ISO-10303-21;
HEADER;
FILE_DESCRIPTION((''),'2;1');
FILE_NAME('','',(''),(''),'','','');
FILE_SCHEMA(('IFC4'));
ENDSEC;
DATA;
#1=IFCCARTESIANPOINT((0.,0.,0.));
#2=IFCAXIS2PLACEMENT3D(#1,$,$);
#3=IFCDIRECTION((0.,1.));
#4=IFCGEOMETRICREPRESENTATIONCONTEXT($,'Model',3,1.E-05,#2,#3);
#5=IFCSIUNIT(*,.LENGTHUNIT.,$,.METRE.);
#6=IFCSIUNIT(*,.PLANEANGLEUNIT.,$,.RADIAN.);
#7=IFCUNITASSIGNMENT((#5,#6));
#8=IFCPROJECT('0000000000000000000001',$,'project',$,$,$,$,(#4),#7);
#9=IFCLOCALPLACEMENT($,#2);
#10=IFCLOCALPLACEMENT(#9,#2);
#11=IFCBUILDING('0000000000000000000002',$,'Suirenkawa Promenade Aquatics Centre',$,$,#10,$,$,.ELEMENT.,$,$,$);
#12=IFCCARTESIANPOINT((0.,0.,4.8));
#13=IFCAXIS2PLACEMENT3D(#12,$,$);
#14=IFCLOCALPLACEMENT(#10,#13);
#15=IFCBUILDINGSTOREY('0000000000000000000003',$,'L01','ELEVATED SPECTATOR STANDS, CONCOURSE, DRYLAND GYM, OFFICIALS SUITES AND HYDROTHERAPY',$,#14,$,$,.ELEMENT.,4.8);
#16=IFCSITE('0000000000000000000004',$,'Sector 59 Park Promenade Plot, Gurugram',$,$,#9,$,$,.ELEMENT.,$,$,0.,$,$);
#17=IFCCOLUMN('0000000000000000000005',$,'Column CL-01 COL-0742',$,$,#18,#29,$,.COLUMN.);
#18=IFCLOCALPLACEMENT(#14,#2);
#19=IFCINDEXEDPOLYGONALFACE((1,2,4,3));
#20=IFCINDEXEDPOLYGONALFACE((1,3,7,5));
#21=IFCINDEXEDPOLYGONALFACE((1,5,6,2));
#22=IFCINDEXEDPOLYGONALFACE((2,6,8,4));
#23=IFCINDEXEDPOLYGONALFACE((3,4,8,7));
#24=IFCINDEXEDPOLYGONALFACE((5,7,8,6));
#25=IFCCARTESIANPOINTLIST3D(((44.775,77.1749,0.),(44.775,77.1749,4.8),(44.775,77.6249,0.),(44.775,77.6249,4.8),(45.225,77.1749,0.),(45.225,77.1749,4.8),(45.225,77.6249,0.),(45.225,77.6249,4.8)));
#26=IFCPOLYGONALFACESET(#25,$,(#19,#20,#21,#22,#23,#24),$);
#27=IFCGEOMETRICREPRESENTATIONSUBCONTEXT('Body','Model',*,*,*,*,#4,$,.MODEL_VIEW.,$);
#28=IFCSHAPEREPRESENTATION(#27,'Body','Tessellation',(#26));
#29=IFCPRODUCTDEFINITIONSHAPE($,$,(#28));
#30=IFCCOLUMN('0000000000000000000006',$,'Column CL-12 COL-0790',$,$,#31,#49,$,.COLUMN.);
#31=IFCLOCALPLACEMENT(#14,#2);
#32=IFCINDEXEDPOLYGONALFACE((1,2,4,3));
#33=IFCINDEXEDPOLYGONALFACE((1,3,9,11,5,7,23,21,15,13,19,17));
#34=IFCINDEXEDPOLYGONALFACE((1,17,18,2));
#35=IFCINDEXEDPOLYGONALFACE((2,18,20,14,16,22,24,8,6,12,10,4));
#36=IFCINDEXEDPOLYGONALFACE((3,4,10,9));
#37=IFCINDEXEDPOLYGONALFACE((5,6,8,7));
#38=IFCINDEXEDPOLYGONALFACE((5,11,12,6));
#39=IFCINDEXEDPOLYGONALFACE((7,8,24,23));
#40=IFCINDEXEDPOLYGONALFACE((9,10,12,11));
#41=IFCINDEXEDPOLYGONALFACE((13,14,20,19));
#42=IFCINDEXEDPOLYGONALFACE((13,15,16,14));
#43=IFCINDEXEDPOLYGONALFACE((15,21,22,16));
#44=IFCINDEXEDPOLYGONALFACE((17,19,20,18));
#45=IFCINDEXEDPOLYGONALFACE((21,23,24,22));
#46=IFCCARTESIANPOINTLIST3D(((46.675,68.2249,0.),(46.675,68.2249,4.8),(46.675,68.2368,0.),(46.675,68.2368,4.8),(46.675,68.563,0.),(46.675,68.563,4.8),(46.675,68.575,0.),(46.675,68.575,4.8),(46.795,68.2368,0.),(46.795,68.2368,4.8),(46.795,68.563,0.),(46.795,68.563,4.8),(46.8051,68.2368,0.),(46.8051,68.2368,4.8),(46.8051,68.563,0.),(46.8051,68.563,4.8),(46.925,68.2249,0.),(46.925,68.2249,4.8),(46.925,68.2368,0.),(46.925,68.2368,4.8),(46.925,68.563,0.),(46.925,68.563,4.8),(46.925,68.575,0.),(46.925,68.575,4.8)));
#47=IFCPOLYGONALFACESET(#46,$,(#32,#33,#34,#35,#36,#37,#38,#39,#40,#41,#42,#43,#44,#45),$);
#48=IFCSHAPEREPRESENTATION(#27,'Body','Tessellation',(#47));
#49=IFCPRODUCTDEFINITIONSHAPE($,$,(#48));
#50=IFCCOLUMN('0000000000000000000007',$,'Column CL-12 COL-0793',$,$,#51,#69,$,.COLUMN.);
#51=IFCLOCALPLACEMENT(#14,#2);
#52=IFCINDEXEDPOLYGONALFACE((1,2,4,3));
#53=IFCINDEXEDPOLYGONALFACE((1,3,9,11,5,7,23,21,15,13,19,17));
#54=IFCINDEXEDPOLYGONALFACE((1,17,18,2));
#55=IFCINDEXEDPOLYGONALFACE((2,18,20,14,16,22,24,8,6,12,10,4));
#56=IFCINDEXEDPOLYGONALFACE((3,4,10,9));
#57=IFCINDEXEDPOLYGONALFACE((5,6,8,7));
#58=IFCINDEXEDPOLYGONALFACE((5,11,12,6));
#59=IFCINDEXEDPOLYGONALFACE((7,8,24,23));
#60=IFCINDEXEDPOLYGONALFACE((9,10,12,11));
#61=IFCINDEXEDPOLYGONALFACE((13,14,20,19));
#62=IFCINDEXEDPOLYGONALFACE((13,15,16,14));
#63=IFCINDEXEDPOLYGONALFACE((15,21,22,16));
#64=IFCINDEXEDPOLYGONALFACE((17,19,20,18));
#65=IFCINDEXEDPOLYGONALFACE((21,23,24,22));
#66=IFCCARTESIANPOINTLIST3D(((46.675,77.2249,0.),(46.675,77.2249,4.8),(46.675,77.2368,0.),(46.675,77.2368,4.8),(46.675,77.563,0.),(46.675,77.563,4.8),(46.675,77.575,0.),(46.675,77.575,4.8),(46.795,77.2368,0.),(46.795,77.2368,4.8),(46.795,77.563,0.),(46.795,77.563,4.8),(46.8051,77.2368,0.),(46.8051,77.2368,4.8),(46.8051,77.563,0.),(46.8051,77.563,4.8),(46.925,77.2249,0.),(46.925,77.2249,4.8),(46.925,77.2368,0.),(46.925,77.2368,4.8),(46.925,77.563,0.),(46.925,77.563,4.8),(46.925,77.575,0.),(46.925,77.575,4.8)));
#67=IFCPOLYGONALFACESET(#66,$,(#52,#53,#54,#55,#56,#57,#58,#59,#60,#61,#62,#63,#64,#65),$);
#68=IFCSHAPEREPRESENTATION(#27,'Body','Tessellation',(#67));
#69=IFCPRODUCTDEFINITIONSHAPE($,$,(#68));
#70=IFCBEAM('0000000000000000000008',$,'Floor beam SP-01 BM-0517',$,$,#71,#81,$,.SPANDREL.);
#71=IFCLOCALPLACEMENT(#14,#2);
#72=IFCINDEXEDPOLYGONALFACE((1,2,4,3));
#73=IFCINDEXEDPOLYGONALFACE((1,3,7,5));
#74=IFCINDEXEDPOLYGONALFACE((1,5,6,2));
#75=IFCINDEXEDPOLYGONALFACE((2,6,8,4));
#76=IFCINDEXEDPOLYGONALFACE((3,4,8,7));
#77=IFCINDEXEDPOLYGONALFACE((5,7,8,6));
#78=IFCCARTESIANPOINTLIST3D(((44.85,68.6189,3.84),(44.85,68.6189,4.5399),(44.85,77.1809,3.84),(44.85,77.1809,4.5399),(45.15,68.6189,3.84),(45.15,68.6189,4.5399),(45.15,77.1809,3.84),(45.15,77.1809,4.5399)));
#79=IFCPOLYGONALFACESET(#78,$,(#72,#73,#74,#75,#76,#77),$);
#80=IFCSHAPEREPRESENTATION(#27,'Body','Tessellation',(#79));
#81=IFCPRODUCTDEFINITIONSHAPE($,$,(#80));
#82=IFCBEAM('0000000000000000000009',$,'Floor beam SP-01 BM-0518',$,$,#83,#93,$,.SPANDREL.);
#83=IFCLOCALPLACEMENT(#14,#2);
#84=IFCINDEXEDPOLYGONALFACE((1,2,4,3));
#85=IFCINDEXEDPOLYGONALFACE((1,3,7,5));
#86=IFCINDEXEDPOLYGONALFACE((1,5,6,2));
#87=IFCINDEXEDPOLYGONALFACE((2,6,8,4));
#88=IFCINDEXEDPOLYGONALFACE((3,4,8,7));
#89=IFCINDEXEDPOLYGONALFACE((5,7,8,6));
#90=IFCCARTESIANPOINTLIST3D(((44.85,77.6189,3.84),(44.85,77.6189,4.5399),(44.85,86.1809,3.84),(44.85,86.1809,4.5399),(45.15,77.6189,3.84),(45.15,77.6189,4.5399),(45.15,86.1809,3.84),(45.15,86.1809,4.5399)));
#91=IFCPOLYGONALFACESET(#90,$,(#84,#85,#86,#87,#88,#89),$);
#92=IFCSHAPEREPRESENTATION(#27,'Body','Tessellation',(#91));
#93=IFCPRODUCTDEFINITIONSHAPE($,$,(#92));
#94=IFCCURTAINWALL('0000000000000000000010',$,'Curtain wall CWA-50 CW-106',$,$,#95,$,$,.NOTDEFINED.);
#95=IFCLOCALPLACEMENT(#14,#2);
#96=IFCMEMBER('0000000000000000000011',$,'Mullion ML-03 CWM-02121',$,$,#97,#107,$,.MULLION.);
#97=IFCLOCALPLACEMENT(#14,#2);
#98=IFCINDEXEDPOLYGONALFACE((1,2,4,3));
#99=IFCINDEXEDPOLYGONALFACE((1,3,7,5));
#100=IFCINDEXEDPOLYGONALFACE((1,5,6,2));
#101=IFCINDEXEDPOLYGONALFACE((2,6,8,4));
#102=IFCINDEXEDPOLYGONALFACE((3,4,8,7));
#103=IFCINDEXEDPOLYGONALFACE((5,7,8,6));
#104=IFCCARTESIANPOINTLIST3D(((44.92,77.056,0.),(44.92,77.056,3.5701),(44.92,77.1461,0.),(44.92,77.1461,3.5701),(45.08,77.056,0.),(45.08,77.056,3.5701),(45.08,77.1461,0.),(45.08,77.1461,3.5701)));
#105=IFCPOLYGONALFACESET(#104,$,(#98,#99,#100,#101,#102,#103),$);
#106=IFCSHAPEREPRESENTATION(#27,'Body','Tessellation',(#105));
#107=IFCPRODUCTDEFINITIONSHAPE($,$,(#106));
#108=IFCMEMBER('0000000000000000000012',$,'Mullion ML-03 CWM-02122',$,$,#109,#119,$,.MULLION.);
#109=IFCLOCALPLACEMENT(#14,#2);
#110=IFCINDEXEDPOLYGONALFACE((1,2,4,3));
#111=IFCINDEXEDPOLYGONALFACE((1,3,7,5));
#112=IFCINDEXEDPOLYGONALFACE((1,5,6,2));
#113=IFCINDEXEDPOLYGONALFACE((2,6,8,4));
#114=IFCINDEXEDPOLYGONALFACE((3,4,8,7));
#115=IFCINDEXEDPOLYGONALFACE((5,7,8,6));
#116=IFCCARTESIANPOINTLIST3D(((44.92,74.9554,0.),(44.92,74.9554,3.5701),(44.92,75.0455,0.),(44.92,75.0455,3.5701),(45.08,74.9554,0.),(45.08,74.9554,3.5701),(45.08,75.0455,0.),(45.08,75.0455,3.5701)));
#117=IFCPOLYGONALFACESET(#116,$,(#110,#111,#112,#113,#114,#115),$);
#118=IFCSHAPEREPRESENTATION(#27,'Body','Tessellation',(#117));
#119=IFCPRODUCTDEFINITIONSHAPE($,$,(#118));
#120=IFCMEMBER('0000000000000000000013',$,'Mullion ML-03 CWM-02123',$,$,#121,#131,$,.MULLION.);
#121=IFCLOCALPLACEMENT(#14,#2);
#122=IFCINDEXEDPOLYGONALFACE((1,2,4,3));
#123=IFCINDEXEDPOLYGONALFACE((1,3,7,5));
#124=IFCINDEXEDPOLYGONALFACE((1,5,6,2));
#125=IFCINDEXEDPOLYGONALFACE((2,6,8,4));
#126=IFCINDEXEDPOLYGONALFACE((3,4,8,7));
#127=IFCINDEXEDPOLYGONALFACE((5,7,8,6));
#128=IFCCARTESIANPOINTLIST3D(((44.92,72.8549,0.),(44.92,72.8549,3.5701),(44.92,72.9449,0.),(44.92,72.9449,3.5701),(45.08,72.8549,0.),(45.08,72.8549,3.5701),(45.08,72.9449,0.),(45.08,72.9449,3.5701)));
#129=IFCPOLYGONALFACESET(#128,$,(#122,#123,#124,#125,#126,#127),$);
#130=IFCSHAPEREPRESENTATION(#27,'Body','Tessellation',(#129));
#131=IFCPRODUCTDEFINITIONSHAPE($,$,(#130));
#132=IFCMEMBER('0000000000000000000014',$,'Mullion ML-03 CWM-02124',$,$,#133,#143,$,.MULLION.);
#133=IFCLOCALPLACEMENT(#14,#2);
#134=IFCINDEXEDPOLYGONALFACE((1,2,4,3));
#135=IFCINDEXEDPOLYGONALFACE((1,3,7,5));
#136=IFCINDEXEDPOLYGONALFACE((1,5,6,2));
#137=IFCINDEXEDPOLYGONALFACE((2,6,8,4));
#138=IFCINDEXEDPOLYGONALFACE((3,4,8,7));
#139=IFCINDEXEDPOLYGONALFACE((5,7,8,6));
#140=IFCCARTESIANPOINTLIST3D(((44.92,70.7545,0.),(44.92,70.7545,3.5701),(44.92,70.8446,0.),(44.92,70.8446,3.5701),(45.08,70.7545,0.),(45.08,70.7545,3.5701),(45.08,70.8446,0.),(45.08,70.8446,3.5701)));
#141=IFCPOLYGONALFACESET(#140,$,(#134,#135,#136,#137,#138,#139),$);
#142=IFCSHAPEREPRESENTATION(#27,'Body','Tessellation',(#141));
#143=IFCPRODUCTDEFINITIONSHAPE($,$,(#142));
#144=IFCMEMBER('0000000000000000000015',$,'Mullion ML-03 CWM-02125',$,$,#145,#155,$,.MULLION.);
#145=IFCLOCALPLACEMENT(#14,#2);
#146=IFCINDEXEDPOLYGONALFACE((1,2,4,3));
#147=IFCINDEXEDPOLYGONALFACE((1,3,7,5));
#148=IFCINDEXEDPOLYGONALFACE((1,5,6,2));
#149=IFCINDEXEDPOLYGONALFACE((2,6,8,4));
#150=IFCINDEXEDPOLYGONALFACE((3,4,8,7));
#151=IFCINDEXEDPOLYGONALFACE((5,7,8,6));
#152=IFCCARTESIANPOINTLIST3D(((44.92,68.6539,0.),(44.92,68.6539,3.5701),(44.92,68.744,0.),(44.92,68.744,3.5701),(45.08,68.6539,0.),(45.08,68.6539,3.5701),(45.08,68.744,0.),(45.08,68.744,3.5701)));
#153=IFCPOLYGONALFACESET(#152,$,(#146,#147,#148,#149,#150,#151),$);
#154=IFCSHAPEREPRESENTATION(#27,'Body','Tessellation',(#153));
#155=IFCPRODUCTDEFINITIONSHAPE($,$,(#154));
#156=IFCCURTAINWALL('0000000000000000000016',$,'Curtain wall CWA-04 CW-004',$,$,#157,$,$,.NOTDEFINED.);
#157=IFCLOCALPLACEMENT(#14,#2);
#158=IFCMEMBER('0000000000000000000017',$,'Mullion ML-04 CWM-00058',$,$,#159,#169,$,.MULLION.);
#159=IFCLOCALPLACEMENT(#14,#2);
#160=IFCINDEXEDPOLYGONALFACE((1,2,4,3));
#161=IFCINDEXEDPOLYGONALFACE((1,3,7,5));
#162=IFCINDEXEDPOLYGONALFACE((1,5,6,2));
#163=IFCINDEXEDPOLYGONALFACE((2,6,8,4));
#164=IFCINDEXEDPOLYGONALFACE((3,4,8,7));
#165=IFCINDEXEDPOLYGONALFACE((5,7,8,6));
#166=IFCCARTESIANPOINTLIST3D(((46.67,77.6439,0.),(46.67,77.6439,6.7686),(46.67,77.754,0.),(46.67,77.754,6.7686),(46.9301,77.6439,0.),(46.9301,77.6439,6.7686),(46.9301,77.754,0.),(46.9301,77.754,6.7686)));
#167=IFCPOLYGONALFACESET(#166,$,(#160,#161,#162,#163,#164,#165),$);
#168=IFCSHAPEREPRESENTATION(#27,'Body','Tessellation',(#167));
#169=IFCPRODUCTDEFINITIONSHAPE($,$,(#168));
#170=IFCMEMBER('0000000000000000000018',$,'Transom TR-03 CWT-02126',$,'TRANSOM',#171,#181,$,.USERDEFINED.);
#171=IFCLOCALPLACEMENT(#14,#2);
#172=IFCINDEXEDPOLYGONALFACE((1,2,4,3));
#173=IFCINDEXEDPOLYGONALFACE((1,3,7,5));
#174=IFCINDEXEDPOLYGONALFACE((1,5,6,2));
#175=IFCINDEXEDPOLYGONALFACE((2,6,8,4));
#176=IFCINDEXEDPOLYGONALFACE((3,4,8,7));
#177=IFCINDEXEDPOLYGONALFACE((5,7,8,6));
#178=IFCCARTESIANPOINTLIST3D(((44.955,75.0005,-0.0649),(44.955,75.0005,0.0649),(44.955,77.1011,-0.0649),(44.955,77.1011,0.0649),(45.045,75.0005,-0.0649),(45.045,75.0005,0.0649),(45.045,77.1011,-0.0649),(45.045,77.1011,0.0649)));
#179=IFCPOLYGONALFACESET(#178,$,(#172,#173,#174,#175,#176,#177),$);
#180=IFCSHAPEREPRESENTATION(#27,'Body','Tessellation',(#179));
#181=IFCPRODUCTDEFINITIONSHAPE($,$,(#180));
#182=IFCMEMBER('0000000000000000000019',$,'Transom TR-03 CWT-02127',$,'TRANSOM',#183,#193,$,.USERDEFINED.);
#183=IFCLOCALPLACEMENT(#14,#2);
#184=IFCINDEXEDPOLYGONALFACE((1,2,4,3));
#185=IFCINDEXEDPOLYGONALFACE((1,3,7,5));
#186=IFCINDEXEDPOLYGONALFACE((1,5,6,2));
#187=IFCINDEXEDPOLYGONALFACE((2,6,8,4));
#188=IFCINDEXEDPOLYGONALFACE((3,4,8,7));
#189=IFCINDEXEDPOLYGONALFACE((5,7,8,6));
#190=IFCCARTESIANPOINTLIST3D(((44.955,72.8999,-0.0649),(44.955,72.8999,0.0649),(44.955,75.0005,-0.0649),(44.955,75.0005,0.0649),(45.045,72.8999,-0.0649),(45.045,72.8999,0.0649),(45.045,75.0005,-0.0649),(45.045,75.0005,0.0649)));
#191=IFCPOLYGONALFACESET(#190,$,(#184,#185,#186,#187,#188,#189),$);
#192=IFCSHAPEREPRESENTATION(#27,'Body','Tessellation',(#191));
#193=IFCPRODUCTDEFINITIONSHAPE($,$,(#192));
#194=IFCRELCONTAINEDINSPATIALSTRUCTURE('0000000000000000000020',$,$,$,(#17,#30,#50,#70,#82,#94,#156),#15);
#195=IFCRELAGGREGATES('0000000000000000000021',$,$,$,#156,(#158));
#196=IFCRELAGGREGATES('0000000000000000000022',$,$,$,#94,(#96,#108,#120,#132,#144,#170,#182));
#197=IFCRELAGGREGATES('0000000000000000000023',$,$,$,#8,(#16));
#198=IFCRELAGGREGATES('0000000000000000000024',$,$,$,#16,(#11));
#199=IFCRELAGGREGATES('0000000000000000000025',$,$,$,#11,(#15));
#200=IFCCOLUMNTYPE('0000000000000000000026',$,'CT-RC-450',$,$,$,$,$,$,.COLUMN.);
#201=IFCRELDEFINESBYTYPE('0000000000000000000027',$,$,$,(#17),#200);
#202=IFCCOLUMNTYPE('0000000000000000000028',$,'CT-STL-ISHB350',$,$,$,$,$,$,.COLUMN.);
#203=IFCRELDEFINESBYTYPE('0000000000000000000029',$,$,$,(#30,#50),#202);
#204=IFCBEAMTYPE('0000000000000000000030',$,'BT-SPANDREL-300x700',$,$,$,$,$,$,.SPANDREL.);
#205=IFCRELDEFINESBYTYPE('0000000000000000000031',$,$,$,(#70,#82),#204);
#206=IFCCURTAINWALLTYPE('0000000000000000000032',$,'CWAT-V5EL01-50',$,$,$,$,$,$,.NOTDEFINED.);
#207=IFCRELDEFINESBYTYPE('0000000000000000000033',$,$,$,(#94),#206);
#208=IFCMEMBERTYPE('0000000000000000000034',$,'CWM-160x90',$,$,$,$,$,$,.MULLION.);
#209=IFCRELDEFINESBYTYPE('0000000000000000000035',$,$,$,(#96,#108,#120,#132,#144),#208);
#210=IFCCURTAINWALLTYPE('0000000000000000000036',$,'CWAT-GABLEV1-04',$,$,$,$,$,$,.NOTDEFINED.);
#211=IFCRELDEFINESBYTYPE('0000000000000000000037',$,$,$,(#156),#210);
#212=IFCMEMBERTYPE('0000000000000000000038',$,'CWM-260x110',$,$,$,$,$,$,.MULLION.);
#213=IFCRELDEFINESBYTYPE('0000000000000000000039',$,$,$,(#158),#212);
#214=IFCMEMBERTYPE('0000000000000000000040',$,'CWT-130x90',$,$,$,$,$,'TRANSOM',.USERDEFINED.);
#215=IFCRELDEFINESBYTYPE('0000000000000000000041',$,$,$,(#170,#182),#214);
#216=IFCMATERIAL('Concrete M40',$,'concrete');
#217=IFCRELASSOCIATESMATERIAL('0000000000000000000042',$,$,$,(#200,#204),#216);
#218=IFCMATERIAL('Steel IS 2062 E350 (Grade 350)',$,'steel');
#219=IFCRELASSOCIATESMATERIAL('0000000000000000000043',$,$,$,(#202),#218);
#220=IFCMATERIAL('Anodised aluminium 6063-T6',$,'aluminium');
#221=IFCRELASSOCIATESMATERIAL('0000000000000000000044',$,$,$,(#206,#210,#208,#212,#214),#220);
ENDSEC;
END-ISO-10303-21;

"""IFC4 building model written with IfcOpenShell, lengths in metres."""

from ifc_helpers import new_model, si_unit, direction, frame, origin, origin_2d, place, context, subcontext, project, spatial, rectangle, i_section, extrude, material, material_profile, profile_set, type_object, element, aggregate, save


model = new_model("IFC4")

# Units and contexts
model_context = context("Model", 3, precision=1e-05, world=origin(), true_north=direction((0.0, 1.0)))
body_context = subcontext(model_context, "Body", "Model", "MODEL_VIEW")
ifc_project = project(units=[si_unit("LENGTHUNIT", "METRE"), si_unit("PLANEANGLEUNIT", "RADIAN")], contexts=[model_context])

# Site, building, storey
site_placement = place(None, origin())
site = spatial("IfcSite", under=ifc_project, at=site_placement, Name="Sector 59 Park Promenade Plot, Gurugram", CompositionType="ELEMENT", RefElevation=0.0)
building_placement = place(site_placement, origin())
building = spatial("IfcBuilding", under=site, at=building_placement, Name="Suirenkawa Promenade Aquatics Centre", CompositionType="ELEMENT")
storey_placement = place(building_placement, frame((0.0, 0.0, 4.8)))
storey = spatial("IfcBuildingStorey", under=building, at=storey_placement, Name="L01", Description="ELEVATED SPECTATOR STANDS, CONCOURSE, DRYLAND GYM, OFFICIALS SUITES AND HYDROTHERAPY", CompositionType="ELEMENT", Elevation=4.8)

# Columns
ifc_material_1 = material(Name="Concrete M40", Category="concrete")
ifc_material_profile_1 = material_profile(ifc_material_1, rectangle(XDim=0.45, YDim=0.45, at=origin_2d()), Name="RC COL 450x450", Category="concrete")
ifc_profile_set_1 = profile_set([ifc_material_profile_1], Name="Concrete M40")
column_type_1 = type_object("IfcColumnType", Name="CT-RC-450", PredefinedType="COLUMN", material=ifc_profile_set_1)
column_placement = place(storey_placement, frame((45.0, 77.3999, 0.0), z_axis=(0.0, 0.0, 1.0), x_axis=(1.0, 0.0, 0.0)))
element("IfcColumn", 1, at=column_placement, inside=storey, type_object=column_type_1, Name="Column CL-01 COL-0742", PredefinedType="COLUMN", context=body_context, shape_type="SweptSolid", body=[
    extrude(rectangle(XDim=0.45, YDim=0.45, at=origin_2d()), origin(), (0.0, 0.0, 1.0), 4.8),
])
ifc_material_2 = material(Name="Steel IS 2062 E350 (Grade 350)", Category="steel")
ifc_material_profile_2 = material_profile(ifc_material_2, i_section(OverallWidth=0.25, OverallDepth=0.3501, WebThickness=0.01, FlangeThickness=0.012, at=origin_2d()), Name="ISHB 350", Category="steel")
ifc_profile_set_2 = profile_set([ifc_material_profile_2], Name="Steel IS 2062 E350 (Grade 350)")
column_type_2 = type_object("IfcColumnType", Name="CT-STL-ISHB350", PredefinedType="COLUMN", material=ifc_profile_set_2)
for number, where, z_axis, x_axis, name in (
    (2, (46.8, 68.3999, 0.0), (0.0, 0.0, 1.0), (1.0, 0.0, 0.0), "Column CL-12 COL-0790"),
    (3, (46.8, 77.3999, 0.0), (0.0, 0.0, 1.0), (1.0, 0.0, 0.0), "Column CL-12 COL-0793"),
):
    element("IfcColumn", number, at=place(storey_placement, frame(where, z_axis=z_axis, x_axis=x_axis)), inside=storey, type_object=column_type_2, Name=name, PredefinedType="COLUMN", context=body_context, shape_type="SweptSolid", body=[
        extrude(i_section(OverallWidth=0.25, OverallDepth=0.3501, WebThickness=0.01, FlangeThickness=0.012, at=origin_2d()), origin(), (0.0, 0.0, 1.0), 4.8),
    ])

# Beams
ifc_material_profile_3 = material_profile(ifc_material_1, rectangle(XDim=0.3, YDim=0.7, at=origin_2d()), Name="RC SPANDREL 300x700", Category="concrete")
ifc_profile_set_3 = profile_set([ifc_material_profile_3], Name="Concrete M40")
beam_type = type_object("IfcBeamType", Name="BT-SPANDREL-300x700", PredefinedType="SPANDREL", material=ifc_profile_set_3)
for number, where, z_axis, x_axis, name in (
    (4, (45.0, 68.6189, 4.1899), (0.0, 1.0, 0.0), (-1.0, 0.0, 0.0), "Floor beam SP-01 BM-0517"),
    (5, (45.0, 77.6189, 4.1899), (0.0, 1.0, 0.0), (-1.0, 0.0, 0.0), "Floor beam SP-01 BM-0518"),
):
    element("IfcBeam", number, at=place(storey_placement, frame(where, z_axis=z_axis, x_axis=x_axis)), inside=storey, type_object=beam_type, Name=name, PredefinedType="SPANDREL", context=body_context, shape_type="SweptSolid", body=[
        extrude(rectangle(XDim=0.3, YDim=0.7, at=origin_2d()), origin(), (0.0, 0.0, 1.0), 8.562),
    ])

# Curtain wall, members
ifc_material_3 = material(Name="Anodised aluminium 6063-T6", Category="aluminium")
curtain_wall_type_1 = type_object("IfcCurtainWallType", Name="CWAT-V5EL01-50", PredefinedType="NOTDEFINED", material=ifc_material_3)
curtain_wall_1_placement = place(storey_placement, origin())
curtain_wall_1 = element("IfcCurtainWall", 6, at=curtain_wall_1_placement, inside=storey, type_object=curtain_wall_type_1, Name="Curtain wall CWA-50 CW-106", PredefinedType="NOTDEFINED")
ifc_material_profile_4 = material_profile(ifc_material_3, rectangle(XDim=0.0901, YDim=0.1599, at=origin_2d()), Name="ALU MULL 90x160", Category="aluminium")
ifc_profile_set_4 = profile_set([ifc_material_profile_4], Name="Anodised aluminium 6063-T6")
member_type_1 = type_object("IfcMemberType", Name="CWM-160x90", PredefinedType="MULLION", material=ifc_profile_set_4)
member_1_placement = place(storey_placement, frame((45.0, 77.1011, 0.0), z_axis=(0.0, 0.0, 1.0), x_axis=(0.0, -1.0, 0.0)))
member_1 = element("IfcMember", 7, at=member_1_placement, type_object=member_type_1, Name="Mullion ML-03 CWM-02121", PredefinedType="MULLION", context=body_context, shape_type="SweptSolid", body=[
    extrude(rectangle(XDim=0.0901, YDim=0.1599, at=origin_2d()), origin(), (0.0, 0.0, 1.0), 3.5701),
])
member_2_placement = place(storey_placement, frame((45.0, 75.0005, 0.0), z_axis=(0.0, 0.0, 1.0), x_axis=(0.0, -1.0, 0.0)))
member_2 = element("IfcMember", 8, at=member_2_placement, type_object=member_type_1, Name="Mullion ML-03 CWM-02122", PredefinedType="MULLION", context=body_context, shape_type="SweptSolid", body=[
    extrude(rectangle(XDim=0.0901, YDim=0.1599, at=origin_2d()), origin(), (0.0, 0.0, 1.0), 3.5701),
])
member_3_placement = place(storey_placement, frame((45.0, 72.8999, 0.0), z_axis=(0.0, 0.0, 1.0), x_axis=(0.0, -1.0, 0.0)))
member_3 = element("IfcMember", 9, at=member_3_placement, type_object=member_type_1, Name="Mullion ML-03 CWM-02123", PredefinedType="MULLION", context=body_context, shape_type="SweptSolid", body=[
    extrude(rectangle(XDim=0.0901, YDim=0.1599, at=origin_2d()), origin(), (0.0, 0.0, 1.0), 3.5701),
])
member_4_placement = place(storey_placement, frame((45.0, 70.7996, 0.0), z_axis=(0.0, 0.0, 1.0), x_axis=(0.0, -1.0, 0.0)))
member_4 = element("IfcMember", 10, at=member_4_placement, type_object=member_type_1, Name="Mullion ML-03 CWM-02124", PredefinedType="MULLION", context=body_context, shape_type="SweptSolid", body=[
    extrude(rectangle(XDim=0.0901, YDim=0.1599, at=origin_2d()), origin(), (0.0, 0.0, 1.0), 3.5701),
])
member_5_placement = place(storey_placement, frame((45.0, 68.699, 0.0), z_axis=(0.0, 0.0, 1.0), x_axis=(0.0, -1.0, 0.0)))
member_5 = element("IfcMember", 11, at=member_5_placement, type_object=member_type_1, Name="Mullion ML-03 CWM-02125", PredefinedType="MULLION", context=body_context, shape_type="SweptSolid", body=[
    extrude(rectangle(XDim=0.0901, YDim=0.1599, at=origin_2d()), origin(), (0.0, 0.0, 1.0), 3.5701),
])

# Curtain wall, member
curtain_wall_type_2 = type_object("IfcCurtainWallType", Name="CWAT-GABLEV1-04", PredefinedType="NOTDEFINED", material=ifc_material_3)
curtain_wall_2_placement = place(storey_placement, origin())
curtain_wall_2 = element("IfcCurtainWall", 12, at=curtain_wall_2_placement, inside=storey, type_object=curtain_wall_type_2, Name="Curtain wall CWA-04 CW-004", PredefinedType="NOTDEFINED")
ifc_material_profile_5 = material_profile(ifc_material_3, rectangle(XDim=0.1101, YDim=0.26, at=origin_2d()), Name="ALU MULL 110x260", Category="aluminium")
ifc_profile_set_5 = profile_set([ifc_material_profile_5], Name="Anodised aluminium 6063-T6")
member_type_2 = type_object("IfcMemberType", Name="CWM-260x110", PredefinedType="MULLION", material=ifc_profile_set_5)
member_6_placement = place(storey_placement, frame((46.8, 77.699, 0.0), z_axis=(0.0, 0.0, 1.0), x_axis=(0.0, 1.0, 0.0)))
member_6 = element("IfcMember", 13, at=member_6_placement, type_object=member_type_2, Name="Mullion ML-04 CWM-00058", PredefinedType="MULLION", context=body_context, shape_type="SweptSolid", body=[
    extrude(rectangle(XDim=0.1101, YDim=0.26, at=origin_2d()), origin(), (0.0, 0.0, 1.0), 6.7686),
])

# Members
ifc_material_profile_6 = material_profile(ifc_material_3, rectangle(XDim=0.0901, YDim=0.1299, at=origin_2d()), Name="ALU TRAN 90x130", Category="aluminium")
ifc_profile_set_6 = profile_set([ifc_material_profile_6], Name="Anodised aluminium 6063-T6")
member_type_3 = type_object("IfcMemberType", Name="CWT-130x90", ElementType="TRANSOM", PredefinedType="USERDEFINED", material=ifc_profile_set_6)
member_7_placement = place(storey_placement, frame((45.0, 77.1011, 0.0), z_axis=(0.0, -1.0, 0.0), x_axis=(1.0, 0.0, 0.0)))
member_7 = element("IfcMember", 14, at=member_7_placement, type_object=member_type_3, Name="Transom TR-03 CWT-02126", ObjectType="TRANSOM", PredefinedType="USERDEFINED", context=body_context, shape_type="SweptSolid", body=[
    extrude(rectangle(XDim=0.0901, YDim=0.1299, at=origin_2d()), origin(), (0.0, 0.0, 1.0), 2.1006),
])
member_8_placement = place(storey_placement, frame((45.0, 75.0005, 0.0), z_axis=(0.0, -1.0, 0.0), x_axis=(1.0, 0.0, 0.0)))
member_8 = element("IfcMember", 15, at=member_8_placement, type_object=member_type_3, Name="Transom TR-03 CWT-02127", ObjectType="TRANSOM", PredefinedType="USERDEFINED", context=body_context, shape_type="SweptSolid", body=[
    extrude(rectangle(XDim=0.0901, YDim=0.1299, at=origin_2d()), origin(), (0.0, 0.0, 1.0), 2.1006),
])
aggregate(curtain_wall_2, [member_6])

aggregate(curtain_wall_1, [member_1, member_2, member_3, member_4, member_5, member_7, member_8])

save(model, "model.ifc")
